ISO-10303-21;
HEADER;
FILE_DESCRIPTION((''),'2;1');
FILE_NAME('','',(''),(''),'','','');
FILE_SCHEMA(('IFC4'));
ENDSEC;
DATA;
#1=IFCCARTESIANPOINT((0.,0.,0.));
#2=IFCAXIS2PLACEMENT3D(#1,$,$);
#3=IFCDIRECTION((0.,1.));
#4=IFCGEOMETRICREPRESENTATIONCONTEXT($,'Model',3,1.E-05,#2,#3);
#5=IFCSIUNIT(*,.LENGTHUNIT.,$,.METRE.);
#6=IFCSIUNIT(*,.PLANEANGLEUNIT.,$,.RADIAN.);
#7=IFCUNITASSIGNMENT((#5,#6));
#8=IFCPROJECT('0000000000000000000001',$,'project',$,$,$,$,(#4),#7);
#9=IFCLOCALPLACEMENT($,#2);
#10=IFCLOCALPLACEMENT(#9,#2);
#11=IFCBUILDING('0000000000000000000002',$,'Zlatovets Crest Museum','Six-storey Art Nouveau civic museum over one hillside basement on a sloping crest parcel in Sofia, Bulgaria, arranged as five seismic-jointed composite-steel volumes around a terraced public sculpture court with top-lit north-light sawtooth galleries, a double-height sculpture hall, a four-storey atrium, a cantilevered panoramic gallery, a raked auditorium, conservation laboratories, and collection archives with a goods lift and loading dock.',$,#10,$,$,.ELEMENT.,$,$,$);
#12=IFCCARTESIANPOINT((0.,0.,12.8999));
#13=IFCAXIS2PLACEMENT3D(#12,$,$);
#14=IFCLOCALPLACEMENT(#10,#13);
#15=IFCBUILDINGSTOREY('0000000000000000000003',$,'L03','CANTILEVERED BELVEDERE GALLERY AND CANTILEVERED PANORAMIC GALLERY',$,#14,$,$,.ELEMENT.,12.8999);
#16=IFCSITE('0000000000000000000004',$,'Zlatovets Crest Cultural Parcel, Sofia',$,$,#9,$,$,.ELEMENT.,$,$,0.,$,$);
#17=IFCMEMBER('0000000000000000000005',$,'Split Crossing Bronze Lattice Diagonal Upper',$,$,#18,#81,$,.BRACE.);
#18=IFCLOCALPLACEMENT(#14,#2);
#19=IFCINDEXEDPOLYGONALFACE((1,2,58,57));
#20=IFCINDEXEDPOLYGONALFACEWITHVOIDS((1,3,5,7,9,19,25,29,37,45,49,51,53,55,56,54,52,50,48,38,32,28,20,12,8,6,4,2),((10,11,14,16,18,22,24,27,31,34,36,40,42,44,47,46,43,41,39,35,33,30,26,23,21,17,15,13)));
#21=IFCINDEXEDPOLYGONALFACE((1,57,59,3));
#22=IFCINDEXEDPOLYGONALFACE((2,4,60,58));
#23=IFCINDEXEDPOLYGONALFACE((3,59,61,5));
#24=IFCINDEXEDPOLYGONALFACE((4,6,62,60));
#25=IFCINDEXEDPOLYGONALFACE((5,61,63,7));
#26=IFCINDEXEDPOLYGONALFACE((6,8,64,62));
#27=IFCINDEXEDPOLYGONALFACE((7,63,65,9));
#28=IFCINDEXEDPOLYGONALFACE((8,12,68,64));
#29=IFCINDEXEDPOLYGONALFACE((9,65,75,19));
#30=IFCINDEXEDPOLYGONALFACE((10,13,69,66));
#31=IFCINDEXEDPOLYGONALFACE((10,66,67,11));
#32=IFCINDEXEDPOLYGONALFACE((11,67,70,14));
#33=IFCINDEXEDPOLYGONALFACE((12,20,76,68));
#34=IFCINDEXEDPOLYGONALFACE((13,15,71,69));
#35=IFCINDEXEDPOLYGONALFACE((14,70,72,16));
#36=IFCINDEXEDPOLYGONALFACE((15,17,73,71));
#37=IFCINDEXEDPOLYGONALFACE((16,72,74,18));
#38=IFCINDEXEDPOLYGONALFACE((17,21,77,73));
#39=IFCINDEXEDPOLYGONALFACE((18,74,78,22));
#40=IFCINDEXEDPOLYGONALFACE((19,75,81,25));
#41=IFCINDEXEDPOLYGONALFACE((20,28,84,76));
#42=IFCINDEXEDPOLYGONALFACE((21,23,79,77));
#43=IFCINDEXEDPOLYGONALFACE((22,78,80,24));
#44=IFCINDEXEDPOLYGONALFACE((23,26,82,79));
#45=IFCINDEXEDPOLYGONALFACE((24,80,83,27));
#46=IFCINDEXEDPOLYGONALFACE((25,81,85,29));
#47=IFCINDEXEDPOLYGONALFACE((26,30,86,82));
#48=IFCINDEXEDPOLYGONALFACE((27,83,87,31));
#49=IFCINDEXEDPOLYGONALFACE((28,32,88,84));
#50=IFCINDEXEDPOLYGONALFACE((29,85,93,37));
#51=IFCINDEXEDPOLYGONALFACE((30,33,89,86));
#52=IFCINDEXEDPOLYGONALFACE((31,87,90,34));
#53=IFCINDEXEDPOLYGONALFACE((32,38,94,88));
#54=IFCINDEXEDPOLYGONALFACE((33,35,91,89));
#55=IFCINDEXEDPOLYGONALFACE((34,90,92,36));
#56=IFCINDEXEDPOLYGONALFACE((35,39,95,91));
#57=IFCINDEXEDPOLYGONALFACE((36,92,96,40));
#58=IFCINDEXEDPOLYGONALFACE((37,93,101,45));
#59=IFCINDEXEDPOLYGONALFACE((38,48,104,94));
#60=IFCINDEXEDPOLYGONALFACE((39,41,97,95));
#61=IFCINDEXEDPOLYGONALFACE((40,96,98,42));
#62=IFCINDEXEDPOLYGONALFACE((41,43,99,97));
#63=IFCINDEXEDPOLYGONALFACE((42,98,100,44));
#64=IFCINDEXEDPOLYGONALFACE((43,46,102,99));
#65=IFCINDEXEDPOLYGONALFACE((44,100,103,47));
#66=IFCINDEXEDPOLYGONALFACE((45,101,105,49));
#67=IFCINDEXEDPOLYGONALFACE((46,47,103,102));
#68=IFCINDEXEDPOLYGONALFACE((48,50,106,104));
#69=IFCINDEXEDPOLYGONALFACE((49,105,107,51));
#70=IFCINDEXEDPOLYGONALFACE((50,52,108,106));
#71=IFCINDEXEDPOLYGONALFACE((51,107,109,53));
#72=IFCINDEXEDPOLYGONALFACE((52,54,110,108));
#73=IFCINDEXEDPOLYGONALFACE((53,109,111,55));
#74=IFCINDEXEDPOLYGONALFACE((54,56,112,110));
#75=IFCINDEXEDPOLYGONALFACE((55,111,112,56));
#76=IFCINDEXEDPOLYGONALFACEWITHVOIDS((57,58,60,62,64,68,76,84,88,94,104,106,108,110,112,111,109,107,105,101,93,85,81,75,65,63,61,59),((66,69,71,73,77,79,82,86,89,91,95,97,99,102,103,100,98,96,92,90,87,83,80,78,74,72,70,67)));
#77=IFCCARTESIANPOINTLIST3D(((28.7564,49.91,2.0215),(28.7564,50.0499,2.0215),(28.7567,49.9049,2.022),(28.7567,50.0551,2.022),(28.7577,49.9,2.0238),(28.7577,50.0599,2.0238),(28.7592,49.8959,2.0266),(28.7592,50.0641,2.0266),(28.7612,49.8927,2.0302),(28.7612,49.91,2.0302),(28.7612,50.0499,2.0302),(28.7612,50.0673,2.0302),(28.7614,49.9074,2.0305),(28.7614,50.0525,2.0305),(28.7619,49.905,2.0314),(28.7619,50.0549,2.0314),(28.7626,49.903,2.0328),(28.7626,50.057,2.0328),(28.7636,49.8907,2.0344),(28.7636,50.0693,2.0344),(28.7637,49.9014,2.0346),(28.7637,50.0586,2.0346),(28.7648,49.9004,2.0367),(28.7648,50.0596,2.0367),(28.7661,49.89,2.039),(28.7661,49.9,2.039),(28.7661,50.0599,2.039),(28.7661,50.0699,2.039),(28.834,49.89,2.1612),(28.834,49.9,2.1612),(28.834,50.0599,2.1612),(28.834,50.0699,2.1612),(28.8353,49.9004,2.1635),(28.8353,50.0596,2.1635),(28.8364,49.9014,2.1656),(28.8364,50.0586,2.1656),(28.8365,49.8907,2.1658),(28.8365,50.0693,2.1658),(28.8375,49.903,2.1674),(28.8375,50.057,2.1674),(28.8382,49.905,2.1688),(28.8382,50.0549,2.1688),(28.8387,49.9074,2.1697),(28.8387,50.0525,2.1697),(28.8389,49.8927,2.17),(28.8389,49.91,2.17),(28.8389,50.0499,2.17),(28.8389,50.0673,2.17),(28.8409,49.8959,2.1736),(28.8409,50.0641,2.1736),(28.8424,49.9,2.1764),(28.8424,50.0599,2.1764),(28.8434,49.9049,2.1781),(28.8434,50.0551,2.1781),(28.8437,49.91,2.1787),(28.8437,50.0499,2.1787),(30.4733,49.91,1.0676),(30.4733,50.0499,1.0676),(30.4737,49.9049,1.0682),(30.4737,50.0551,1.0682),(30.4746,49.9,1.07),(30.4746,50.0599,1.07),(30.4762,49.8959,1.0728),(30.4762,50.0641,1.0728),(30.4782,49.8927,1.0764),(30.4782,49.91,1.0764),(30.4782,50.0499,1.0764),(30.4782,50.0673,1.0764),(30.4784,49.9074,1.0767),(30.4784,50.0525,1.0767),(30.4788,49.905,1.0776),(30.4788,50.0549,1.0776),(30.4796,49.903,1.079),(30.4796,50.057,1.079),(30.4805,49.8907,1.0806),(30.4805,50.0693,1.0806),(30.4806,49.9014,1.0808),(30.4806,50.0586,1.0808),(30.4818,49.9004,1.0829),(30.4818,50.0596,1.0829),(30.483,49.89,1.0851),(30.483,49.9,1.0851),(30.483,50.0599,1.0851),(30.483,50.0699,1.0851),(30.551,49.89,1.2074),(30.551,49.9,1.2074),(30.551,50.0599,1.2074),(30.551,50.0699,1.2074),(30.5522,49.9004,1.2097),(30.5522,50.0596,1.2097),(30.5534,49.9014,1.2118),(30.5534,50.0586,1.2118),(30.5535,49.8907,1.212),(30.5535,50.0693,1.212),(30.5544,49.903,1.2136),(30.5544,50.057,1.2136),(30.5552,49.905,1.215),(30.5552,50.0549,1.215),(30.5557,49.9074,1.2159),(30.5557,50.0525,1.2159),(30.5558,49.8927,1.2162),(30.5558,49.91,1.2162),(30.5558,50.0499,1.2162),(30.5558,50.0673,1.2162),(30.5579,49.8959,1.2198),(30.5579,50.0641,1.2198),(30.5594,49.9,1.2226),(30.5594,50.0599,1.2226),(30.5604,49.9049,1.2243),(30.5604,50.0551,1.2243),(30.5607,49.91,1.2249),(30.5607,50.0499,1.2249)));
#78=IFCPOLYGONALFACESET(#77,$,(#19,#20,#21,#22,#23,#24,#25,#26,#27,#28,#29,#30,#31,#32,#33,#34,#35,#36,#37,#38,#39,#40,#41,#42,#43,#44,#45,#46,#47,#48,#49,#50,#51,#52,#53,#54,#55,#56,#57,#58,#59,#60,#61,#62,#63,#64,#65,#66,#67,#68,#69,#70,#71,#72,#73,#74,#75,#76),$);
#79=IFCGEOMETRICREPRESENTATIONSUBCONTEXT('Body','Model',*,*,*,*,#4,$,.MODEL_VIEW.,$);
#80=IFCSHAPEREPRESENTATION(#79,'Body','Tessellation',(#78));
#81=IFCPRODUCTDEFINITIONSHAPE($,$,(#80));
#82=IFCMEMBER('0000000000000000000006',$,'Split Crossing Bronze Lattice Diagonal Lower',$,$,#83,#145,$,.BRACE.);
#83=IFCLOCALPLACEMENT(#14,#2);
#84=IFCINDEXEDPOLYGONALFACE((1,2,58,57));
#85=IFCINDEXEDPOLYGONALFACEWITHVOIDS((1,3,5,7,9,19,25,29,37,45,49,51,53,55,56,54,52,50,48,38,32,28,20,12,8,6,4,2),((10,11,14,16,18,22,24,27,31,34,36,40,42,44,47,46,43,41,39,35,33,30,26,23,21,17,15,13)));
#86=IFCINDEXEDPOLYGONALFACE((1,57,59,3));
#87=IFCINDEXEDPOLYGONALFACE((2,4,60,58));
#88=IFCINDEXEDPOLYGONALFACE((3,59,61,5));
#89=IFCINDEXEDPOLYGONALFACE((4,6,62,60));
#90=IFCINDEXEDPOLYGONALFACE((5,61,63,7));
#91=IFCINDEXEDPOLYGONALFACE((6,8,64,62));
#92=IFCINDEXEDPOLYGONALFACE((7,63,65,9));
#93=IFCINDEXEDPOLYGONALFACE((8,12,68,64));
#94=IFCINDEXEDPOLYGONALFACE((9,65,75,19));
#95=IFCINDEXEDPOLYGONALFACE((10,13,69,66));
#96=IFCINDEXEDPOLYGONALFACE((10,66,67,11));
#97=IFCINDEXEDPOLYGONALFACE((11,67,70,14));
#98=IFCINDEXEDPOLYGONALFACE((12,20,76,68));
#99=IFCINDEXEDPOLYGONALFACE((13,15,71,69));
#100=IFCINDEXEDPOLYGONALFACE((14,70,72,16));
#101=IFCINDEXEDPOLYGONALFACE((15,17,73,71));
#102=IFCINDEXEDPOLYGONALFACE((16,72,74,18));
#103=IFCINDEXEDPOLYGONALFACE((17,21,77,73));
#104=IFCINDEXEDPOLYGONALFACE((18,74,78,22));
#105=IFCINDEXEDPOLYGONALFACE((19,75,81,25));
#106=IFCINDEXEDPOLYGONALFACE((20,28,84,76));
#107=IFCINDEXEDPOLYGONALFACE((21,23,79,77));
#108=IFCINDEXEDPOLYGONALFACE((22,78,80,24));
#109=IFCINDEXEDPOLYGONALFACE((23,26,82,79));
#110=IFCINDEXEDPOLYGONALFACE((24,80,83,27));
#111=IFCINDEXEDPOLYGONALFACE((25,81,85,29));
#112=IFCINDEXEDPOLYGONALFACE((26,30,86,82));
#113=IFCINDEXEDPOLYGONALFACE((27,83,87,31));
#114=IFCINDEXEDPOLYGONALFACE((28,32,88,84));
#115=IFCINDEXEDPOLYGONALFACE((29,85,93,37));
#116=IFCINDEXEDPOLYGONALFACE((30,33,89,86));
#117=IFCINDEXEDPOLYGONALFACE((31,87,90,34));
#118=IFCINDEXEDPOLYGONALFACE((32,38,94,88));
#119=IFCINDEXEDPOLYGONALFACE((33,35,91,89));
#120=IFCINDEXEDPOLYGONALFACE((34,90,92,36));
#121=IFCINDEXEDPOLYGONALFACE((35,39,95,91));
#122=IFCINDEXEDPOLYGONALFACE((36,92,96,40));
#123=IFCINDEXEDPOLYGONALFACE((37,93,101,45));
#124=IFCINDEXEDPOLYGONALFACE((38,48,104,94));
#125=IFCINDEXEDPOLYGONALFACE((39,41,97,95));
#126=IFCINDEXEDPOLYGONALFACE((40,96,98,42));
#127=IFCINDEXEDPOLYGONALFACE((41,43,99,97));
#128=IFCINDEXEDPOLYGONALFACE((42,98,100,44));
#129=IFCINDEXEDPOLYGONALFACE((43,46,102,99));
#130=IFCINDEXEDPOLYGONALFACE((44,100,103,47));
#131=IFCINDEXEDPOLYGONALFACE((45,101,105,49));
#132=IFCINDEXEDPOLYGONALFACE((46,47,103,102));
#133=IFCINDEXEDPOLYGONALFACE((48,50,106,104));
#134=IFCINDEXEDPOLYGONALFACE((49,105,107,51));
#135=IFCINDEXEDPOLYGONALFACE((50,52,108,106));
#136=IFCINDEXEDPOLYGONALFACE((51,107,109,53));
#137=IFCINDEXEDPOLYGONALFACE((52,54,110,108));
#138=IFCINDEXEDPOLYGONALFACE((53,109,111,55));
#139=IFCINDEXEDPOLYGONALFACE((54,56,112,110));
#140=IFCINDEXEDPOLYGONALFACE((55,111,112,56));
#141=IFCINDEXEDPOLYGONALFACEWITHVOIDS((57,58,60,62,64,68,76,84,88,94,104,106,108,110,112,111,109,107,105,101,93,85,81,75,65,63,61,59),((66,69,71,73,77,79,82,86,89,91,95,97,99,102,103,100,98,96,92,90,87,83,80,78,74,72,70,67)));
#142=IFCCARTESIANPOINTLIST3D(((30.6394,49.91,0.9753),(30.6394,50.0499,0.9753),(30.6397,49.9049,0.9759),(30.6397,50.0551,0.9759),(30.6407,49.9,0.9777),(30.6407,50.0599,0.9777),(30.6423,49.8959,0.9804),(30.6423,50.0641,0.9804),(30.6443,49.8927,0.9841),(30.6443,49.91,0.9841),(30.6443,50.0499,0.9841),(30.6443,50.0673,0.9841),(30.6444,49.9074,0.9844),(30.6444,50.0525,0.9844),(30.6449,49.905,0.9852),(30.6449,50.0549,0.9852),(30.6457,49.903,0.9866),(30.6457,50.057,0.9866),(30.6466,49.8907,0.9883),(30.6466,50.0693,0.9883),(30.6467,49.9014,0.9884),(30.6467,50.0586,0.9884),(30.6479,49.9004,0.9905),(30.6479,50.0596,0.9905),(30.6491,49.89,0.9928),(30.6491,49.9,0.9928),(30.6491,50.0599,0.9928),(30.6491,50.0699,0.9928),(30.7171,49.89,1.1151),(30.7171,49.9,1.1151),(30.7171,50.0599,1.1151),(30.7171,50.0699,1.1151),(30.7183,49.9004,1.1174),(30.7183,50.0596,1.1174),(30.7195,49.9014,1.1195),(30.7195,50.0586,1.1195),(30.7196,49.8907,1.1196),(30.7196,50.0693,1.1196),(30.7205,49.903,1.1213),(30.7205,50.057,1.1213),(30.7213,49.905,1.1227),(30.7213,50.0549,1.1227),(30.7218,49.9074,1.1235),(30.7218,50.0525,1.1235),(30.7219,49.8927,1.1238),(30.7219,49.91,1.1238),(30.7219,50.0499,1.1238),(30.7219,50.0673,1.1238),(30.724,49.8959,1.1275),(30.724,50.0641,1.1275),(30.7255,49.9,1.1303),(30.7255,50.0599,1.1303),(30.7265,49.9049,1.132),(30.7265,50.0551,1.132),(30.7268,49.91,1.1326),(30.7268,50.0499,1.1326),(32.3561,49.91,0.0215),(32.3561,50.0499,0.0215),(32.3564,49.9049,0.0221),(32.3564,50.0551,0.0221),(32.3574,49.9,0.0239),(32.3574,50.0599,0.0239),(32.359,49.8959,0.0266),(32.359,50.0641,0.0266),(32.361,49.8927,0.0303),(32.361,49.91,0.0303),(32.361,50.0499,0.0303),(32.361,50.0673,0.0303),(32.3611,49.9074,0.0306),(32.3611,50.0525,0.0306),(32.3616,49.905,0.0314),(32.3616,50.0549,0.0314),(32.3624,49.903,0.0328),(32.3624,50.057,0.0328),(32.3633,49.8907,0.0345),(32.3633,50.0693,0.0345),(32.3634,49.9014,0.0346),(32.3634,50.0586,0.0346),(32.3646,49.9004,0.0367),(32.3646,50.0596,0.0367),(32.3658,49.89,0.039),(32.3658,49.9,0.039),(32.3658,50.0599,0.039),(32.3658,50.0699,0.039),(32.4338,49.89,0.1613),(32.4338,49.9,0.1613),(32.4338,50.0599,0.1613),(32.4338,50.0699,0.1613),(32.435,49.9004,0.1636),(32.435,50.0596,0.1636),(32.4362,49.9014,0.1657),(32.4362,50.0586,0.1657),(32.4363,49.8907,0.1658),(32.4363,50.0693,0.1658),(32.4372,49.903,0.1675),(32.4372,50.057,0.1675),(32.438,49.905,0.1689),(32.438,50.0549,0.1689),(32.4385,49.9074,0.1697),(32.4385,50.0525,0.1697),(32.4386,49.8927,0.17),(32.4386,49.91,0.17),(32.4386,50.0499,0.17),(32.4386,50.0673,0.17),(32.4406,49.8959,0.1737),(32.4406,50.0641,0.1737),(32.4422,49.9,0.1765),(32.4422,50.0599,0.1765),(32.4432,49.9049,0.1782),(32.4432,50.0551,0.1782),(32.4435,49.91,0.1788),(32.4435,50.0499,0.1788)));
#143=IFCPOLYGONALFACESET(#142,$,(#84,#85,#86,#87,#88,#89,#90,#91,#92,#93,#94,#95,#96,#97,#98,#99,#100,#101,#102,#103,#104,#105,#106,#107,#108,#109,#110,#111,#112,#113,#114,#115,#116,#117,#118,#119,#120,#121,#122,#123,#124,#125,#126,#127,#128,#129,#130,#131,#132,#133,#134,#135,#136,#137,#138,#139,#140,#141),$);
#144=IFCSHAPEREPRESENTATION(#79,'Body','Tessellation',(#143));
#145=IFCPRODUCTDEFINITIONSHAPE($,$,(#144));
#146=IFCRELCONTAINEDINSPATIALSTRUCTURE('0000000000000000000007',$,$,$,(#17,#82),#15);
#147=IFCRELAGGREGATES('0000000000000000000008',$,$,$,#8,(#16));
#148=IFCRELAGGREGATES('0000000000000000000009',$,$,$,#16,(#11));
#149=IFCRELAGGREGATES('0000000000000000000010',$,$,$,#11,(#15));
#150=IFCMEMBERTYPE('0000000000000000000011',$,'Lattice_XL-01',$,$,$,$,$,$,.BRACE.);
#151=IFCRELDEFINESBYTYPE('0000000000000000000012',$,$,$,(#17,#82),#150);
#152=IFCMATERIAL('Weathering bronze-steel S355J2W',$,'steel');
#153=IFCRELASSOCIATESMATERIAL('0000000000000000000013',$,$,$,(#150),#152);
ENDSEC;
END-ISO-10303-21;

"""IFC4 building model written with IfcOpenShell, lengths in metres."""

from ifc_helpers import new_model, si_unit, direction, frame, origin, origin_2d, place, context, subcontext, project, spatial, hollow_rectangle, extrude, material, material_profile, profile_set, type_object, element, save


model = new_model("IFC4")

# Units and contexts
model_context = context("Model", 3, precision=1e-05, world=origin(), true_north=direction((0.0, 1.0)))
body_context = subcontext(model_context, "Body", "Model", "MODEL_VIEW")
ifc_project = project(units=[si_unit("LENGTHUNIT", "METRE"), si_unit("PLANEANGLEUNIT", "RADIAN")], contexts=[model_context])

# Site, building, storey
site_placement = place(None, origin())
site = spatial("IfcSite", under=ifc_project, at=site_placement, Name="Zlatovets Crest Cultural Parcel, Sofia", CompositionType="ELEMENT", RefElevation=0.0)
building_placement = place(site_placement, origin())
building = spatial("IfcBuilding", under=site, at=building_placement, Name="Zlatovets Crest Museum", Description="Six-storey Art Nouveau civic museum over one hillside basement on a sloping crest parcel in Sofia, Bulgaria, arranged as five seismic-jointed composite-steel volumes around a terraced public sculpture court with top-lit north-light sawtooth galleries, a double-height sculpture hall, a four-storey atrium, a cantilevered panoramic gallery, a raked auditorium, conservation laboratories, and collection archives with a goods lift and loading dock.", CompositionType="ELEMENT")
storey_placement = place(building_placement, frame((0.0, 0.0, 12.8999)))
storey = spatial("IfcBuildingStorey", under=building, at=storey_placement, Name="L03", Description="CANTILEVERED BELVEDERE GALLERY AND CANTILEVERED PANORAMIC GALLERY", CompositionType="ELEMENT", Elevation=12.8999)

# Members
ifc_material_1 = material(Name="Weathering bronze-steel S355J2W", Category="steel")
ifc_material_profile_1 = material_profile(ifc_material_1, hollow_rectangle(XDim=0.1799, YDim=0.1799, WallThickness=0.01, InnerFilletRadius=0.01, OuterFilletRadius=0.02, at=origin_2d()), Name="SHS 180x180x10.0")
ifc_profile_set_1 = profile_set([ifc_material_profile_1], Name="Weathering bronze-steel S355J2W")
member_type_1 = type_object("IfcMemberType", Name="Lattice_XL-01", PredefinedType="BRACE", material=ifc_profile_set_1)
member_1_placement = place(storey_placement, frame((28.8, 49.98, 2.1001), z_axis=(0.874169, 0.0, -0.485622), x_axis=(0.0, 1.0, 0.0)))
element("IfcMember", 1, at=member_1_placement, inside=storey, type_object=member_type_1, Name="Split Crossing Bronze Lattice Diagonal Upper", PredefinedType="BRACE", context=body_context, shape_type="SweptSolid", body=[
    extrude(hollow_rectangle(XDim=0.1799, YDim=0.1799, WallThickness=0.01, InnerFilletRadius=0.01, OuterFilletRadius=0.02, at=origin_2d()), origin(), (0.0, 0.0, 1.0), 1.9641),
])
member_2_placement = place(storey_placement, frame((30.6831, 49.98, 1.054), z_axis=(0.87414, 0.0, -0.485675), x_axis=(0.0, 1.0, 0.0)))
element("IfcMember", 2, at=member_2_placement, inside=storey, type_object=member_type_1, Name="Split Crossing Bronze Lattice Diagonal Lower", PredefinedType="BRACE", context=body_context, shape_type="SweptSolid", body=[
    extrude(hollow_rectangle(XDim=0.1799, YDim=0.1799, WallThickness=0.01, InnerFilletRadius=0.01, OuterFilletRadius=0.02, at=origin_2d()), origin(), (0.0, 0.0, 1.0), 1.9639),
])

save(model, "model.ifc")
